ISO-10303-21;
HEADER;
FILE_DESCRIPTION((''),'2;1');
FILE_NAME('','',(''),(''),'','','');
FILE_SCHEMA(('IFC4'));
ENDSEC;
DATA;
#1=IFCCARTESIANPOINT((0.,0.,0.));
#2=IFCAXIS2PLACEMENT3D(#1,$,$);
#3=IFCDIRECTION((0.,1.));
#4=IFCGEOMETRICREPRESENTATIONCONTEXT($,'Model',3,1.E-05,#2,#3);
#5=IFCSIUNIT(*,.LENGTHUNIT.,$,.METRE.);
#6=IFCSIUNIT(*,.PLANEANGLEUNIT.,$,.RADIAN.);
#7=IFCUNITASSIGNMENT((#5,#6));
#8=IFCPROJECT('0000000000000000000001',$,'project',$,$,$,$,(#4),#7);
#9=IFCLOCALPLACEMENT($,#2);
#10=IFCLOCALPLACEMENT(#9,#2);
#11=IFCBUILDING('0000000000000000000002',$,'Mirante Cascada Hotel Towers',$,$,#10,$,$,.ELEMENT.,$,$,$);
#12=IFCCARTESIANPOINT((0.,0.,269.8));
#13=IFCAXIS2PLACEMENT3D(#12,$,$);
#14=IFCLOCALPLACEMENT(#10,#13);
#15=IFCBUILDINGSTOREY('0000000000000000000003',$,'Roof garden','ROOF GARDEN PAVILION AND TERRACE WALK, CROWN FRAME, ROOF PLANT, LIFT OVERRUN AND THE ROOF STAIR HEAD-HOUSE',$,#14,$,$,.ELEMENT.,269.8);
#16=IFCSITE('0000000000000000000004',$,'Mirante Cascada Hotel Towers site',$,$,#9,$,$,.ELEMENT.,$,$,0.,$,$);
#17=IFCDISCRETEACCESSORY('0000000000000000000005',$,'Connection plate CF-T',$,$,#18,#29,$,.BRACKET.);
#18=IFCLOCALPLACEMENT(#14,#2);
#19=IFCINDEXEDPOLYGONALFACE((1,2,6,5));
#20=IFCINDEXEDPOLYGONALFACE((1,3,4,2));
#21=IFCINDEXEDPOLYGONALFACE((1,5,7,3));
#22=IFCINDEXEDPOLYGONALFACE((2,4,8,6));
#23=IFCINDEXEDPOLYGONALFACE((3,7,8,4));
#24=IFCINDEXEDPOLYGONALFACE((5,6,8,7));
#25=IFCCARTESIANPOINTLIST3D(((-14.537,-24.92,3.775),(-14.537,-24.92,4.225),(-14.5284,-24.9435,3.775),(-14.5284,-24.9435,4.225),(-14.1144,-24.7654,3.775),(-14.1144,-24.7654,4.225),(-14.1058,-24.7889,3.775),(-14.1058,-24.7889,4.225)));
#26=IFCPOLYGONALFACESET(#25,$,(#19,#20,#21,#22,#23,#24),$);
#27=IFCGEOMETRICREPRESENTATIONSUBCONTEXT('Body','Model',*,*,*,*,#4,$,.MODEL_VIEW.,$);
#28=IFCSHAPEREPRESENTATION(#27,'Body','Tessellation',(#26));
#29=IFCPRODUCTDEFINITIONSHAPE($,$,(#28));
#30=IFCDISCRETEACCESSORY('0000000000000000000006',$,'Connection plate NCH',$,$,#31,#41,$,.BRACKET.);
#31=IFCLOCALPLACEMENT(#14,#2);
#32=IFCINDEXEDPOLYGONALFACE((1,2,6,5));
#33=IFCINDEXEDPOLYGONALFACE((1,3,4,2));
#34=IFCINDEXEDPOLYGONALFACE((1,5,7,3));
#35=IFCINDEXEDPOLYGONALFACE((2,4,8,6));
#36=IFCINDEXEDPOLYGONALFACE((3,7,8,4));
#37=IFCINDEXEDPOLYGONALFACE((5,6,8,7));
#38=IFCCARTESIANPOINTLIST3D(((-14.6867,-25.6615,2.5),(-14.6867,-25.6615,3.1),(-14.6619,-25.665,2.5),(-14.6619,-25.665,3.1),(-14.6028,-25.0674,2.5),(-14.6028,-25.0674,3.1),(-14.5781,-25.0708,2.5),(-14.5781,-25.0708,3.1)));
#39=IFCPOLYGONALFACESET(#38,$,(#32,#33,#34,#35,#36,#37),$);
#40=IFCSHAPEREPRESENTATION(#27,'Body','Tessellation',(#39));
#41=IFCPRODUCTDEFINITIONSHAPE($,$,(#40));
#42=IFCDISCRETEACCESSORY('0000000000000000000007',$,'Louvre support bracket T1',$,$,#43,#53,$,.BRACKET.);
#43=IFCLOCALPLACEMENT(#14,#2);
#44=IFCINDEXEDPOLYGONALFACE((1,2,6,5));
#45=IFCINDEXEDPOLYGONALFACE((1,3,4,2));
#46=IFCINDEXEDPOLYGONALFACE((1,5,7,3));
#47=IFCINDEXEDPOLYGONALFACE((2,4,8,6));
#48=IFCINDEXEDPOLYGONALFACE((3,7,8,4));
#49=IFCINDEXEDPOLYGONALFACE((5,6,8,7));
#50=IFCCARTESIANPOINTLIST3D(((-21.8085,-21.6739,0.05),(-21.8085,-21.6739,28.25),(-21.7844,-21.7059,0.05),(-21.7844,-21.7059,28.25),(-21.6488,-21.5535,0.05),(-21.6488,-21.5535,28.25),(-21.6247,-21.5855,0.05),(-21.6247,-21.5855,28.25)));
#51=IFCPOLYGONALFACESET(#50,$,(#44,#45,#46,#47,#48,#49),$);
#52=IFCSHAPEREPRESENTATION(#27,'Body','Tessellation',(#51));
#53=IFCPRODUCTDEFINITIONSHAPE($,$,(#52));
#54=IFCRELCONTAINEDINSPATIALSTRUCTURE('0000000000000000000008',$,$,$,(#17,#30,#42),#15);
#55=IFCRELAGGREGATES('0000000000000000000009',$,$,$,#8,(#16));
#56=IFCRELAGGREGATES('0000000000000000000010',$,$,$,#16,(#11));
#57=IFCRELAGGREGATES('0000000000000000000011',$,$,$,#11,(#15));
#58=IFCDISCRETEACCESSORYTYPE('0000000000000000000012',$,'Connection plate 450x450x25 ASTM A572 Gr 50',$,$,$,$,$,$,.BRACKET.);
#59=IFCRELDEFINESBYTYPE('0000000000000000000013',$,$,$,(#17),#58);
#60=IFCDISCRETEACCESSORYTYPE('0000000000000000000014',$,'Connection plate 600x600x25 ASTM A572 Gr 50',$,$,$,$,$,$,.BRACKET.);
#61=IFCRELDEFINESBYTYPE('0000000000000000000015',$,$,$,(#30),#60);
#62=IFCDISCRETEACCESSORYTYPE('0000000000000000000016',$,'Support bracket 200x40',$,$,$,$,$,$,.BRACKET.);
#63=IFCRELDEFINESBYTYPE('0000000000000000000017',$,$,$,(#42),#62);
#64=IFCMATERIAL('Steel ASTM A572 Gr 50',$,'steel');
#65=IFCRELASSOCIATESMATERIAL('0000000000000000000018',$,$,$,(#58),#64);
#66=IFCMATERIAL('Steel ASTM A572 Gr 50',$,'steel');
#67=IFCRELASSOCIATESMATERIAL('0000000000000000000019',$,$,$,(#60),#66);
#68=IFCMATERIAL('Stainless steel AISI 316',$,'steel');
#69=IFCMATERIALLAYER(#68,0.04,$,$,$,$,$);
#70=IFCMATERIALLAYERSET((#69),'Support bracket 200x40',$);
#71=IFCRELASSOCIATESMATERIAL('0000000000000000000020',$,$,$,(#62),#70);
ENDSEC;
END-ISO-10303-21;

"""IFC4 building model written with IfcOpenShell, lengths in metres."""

from ifc_helpers import new_model, si_unit, direction, frame, origin, origin_2d, place, context, subcontext, project, spatial, rectangle, extrude, material, layer, layer_set, material_profile, profile_set, type_object, element, save


model = new_model("IFC4")

# Units and contexts
model_context = context("Model", 3, precision=1e-05, world=origin(), true_north=direction((0.0, 1.0)))
body_context = subcontext(model_context, "Body", "Model", "MODEL_VIEW")
ifc_project = project(units=[si_unit("LENGTHUNIT", "METRE"), si_unit("PLANEANGLEUNIT", "RADIAN")], contexts=[model_context])

# Site, building, storey
site_placement = place(None, origin())
site = spatial("IfcSite", under=ifc_project, at=site_placement, Name="Mirante Cascada Hotel Towers site", CompositionType="ELEMENT", RefElevation=0.0)
building_placement = place(site_placement, origin())
building = spatial("IfcBuilding", under=site, at=building_placement, Name="Mirante Cascada Hotel Towers", CompositionType="ELEMENT")
storey_placement = place(building_placement, frame((0.0, 0.0, 269.8)))
storey = spatial("IfcBuildingStorey", under=building, at=storey_placement, Name="Roof garden", Description="ROOF GARDEN PAVILION AND TERRACE WALK, CROWN FRAME, ROOF PLANT, LIFT OVERRUN AND THE ROOF STAIR HEAD-HOUSE", CompositionType="ELEMENT", Elevation=269.8)

# Discrete accessories
ifc_material_1 = material(Name="Steel ASTM A572 Gr 50", Category="steel")
ifc_material_profile_1 = material_profile(ifc_material_1, rectangle(XDim=0.45, YDim=0.45, at=origin_2d()), Name="Connection plate 450x450x25 ASTM A572 Gr 50")
ifc_profile_set_1 = profile_set([ifc_material_profile_1], Name="Steel ASTM A572 Gr 50")
discrete_accessory_type_1 = type_object("IfcDiscreteAccessoryType", Name="Connection plate 450x450x25 ASTM A572 Gr 50", PredefinedType="BRACKET", material=ifc_profile_set_1)
discrete_accessory_1_placement = place(storey_placement, frame((-14.3171, -24.8662, 4.0), z_axis=(-0.343668, 0.939091, 0.0), x_axis=(-0.939091, -0.343668, 0.0)))
element("IfcDiscreteAccessory", 1, at=discrete_accessory_1_placement, inside=storey, type_object=discrete_accessory_type_1, Name="Connection plate CF-T", PredefinedType="BRACKET", context=body_context, shape_type="SweptSolid", body=[
    extrude(rectangle(XDim=0.45, YDim=0.45, at=origin_2d()), origin(), (0.0, 0.0, 1.0), 0.025),
])
ifc_material_2 = material(Name="Steel ASTM A572 Gr 50", Category="steel")
ifc_material_profile_2 = material_profile(ifc_material_2, rectangle(XDim=0.6, YDim=0.6, at=origin_2d()), Name="Connection plate 600x600x25 ASTM A572 Gr 50")
ifc_profile_set_2 = profile_set([ifc_material_profile_2], Name="Steel ASTM A572 Gr 50")
discrete_accessory_type_2 = type_object("IfcDiscreteAccessoryType", Name="Connection plate 600x600x25 ASTM A572 Gr 50", PredefinedType="BRACKET", material=ifc_profile_set_2)
discrete_accessory_2_placement = place(storey_placement, frame((-14.62, -25.3679, 2.8), z_axis=(-0.990188, 0.139744, 0.0), x_axis=(-0.139744, -0.990188, 0.0)))
element("IfcDiscreteAccessory", 2, at=discrete_accessory_2_placement, inside=storey, type_object=discrete_accessory_type_2, Name="Connection plate NCH", PredefinedType="BRACKET", context=body_context, shape_type="SweptSolid", body=[
    extrude(rectangle(XDim=0.6, YDim=0.6, at=origin_2d()), origin(), (0.0, 0.0, 1.0), 0.025),
])
ifc_material_3 = material(Name="Stainless steel AISI 316", Category="steel")
ifc_layer_1 = layer(ifc_material_3, 0.04)
ifc_layer_set_1 = layer_set([ifc_layer_1], Name="Support bracket 200x40")
discrete_accessory_type_3 = type_object("IfcDiscreteAccessoryType", Name="Support bracket 200x40", PredefinedType="BRACKET", material=ifc_layer_set_1)
discrete_accessory_3_placement = place(storey_placement, frame((-21.7166, -21.6297, 0.05), z_axis=(0.0, 0.0, 1.0), x_axis=(0.798636, 0.601815, 0.0)))
element("IfcDiscreteAccessory", 3, at=discrete_accessory_3_placement, inside=storey, type_object=discrete_accessory_type_3, Name="Louvre support bracket T1", PredefinedType="BRACKET", context=body_context, shape_type="SweptSolid", body=[
    extrude(rectangle(XDim=0.2, YDim=0.04, at=origin_2d()), origin(), (0.0, 0.0, 1.0), 28.2),
])

save(model, "model.ifc")
